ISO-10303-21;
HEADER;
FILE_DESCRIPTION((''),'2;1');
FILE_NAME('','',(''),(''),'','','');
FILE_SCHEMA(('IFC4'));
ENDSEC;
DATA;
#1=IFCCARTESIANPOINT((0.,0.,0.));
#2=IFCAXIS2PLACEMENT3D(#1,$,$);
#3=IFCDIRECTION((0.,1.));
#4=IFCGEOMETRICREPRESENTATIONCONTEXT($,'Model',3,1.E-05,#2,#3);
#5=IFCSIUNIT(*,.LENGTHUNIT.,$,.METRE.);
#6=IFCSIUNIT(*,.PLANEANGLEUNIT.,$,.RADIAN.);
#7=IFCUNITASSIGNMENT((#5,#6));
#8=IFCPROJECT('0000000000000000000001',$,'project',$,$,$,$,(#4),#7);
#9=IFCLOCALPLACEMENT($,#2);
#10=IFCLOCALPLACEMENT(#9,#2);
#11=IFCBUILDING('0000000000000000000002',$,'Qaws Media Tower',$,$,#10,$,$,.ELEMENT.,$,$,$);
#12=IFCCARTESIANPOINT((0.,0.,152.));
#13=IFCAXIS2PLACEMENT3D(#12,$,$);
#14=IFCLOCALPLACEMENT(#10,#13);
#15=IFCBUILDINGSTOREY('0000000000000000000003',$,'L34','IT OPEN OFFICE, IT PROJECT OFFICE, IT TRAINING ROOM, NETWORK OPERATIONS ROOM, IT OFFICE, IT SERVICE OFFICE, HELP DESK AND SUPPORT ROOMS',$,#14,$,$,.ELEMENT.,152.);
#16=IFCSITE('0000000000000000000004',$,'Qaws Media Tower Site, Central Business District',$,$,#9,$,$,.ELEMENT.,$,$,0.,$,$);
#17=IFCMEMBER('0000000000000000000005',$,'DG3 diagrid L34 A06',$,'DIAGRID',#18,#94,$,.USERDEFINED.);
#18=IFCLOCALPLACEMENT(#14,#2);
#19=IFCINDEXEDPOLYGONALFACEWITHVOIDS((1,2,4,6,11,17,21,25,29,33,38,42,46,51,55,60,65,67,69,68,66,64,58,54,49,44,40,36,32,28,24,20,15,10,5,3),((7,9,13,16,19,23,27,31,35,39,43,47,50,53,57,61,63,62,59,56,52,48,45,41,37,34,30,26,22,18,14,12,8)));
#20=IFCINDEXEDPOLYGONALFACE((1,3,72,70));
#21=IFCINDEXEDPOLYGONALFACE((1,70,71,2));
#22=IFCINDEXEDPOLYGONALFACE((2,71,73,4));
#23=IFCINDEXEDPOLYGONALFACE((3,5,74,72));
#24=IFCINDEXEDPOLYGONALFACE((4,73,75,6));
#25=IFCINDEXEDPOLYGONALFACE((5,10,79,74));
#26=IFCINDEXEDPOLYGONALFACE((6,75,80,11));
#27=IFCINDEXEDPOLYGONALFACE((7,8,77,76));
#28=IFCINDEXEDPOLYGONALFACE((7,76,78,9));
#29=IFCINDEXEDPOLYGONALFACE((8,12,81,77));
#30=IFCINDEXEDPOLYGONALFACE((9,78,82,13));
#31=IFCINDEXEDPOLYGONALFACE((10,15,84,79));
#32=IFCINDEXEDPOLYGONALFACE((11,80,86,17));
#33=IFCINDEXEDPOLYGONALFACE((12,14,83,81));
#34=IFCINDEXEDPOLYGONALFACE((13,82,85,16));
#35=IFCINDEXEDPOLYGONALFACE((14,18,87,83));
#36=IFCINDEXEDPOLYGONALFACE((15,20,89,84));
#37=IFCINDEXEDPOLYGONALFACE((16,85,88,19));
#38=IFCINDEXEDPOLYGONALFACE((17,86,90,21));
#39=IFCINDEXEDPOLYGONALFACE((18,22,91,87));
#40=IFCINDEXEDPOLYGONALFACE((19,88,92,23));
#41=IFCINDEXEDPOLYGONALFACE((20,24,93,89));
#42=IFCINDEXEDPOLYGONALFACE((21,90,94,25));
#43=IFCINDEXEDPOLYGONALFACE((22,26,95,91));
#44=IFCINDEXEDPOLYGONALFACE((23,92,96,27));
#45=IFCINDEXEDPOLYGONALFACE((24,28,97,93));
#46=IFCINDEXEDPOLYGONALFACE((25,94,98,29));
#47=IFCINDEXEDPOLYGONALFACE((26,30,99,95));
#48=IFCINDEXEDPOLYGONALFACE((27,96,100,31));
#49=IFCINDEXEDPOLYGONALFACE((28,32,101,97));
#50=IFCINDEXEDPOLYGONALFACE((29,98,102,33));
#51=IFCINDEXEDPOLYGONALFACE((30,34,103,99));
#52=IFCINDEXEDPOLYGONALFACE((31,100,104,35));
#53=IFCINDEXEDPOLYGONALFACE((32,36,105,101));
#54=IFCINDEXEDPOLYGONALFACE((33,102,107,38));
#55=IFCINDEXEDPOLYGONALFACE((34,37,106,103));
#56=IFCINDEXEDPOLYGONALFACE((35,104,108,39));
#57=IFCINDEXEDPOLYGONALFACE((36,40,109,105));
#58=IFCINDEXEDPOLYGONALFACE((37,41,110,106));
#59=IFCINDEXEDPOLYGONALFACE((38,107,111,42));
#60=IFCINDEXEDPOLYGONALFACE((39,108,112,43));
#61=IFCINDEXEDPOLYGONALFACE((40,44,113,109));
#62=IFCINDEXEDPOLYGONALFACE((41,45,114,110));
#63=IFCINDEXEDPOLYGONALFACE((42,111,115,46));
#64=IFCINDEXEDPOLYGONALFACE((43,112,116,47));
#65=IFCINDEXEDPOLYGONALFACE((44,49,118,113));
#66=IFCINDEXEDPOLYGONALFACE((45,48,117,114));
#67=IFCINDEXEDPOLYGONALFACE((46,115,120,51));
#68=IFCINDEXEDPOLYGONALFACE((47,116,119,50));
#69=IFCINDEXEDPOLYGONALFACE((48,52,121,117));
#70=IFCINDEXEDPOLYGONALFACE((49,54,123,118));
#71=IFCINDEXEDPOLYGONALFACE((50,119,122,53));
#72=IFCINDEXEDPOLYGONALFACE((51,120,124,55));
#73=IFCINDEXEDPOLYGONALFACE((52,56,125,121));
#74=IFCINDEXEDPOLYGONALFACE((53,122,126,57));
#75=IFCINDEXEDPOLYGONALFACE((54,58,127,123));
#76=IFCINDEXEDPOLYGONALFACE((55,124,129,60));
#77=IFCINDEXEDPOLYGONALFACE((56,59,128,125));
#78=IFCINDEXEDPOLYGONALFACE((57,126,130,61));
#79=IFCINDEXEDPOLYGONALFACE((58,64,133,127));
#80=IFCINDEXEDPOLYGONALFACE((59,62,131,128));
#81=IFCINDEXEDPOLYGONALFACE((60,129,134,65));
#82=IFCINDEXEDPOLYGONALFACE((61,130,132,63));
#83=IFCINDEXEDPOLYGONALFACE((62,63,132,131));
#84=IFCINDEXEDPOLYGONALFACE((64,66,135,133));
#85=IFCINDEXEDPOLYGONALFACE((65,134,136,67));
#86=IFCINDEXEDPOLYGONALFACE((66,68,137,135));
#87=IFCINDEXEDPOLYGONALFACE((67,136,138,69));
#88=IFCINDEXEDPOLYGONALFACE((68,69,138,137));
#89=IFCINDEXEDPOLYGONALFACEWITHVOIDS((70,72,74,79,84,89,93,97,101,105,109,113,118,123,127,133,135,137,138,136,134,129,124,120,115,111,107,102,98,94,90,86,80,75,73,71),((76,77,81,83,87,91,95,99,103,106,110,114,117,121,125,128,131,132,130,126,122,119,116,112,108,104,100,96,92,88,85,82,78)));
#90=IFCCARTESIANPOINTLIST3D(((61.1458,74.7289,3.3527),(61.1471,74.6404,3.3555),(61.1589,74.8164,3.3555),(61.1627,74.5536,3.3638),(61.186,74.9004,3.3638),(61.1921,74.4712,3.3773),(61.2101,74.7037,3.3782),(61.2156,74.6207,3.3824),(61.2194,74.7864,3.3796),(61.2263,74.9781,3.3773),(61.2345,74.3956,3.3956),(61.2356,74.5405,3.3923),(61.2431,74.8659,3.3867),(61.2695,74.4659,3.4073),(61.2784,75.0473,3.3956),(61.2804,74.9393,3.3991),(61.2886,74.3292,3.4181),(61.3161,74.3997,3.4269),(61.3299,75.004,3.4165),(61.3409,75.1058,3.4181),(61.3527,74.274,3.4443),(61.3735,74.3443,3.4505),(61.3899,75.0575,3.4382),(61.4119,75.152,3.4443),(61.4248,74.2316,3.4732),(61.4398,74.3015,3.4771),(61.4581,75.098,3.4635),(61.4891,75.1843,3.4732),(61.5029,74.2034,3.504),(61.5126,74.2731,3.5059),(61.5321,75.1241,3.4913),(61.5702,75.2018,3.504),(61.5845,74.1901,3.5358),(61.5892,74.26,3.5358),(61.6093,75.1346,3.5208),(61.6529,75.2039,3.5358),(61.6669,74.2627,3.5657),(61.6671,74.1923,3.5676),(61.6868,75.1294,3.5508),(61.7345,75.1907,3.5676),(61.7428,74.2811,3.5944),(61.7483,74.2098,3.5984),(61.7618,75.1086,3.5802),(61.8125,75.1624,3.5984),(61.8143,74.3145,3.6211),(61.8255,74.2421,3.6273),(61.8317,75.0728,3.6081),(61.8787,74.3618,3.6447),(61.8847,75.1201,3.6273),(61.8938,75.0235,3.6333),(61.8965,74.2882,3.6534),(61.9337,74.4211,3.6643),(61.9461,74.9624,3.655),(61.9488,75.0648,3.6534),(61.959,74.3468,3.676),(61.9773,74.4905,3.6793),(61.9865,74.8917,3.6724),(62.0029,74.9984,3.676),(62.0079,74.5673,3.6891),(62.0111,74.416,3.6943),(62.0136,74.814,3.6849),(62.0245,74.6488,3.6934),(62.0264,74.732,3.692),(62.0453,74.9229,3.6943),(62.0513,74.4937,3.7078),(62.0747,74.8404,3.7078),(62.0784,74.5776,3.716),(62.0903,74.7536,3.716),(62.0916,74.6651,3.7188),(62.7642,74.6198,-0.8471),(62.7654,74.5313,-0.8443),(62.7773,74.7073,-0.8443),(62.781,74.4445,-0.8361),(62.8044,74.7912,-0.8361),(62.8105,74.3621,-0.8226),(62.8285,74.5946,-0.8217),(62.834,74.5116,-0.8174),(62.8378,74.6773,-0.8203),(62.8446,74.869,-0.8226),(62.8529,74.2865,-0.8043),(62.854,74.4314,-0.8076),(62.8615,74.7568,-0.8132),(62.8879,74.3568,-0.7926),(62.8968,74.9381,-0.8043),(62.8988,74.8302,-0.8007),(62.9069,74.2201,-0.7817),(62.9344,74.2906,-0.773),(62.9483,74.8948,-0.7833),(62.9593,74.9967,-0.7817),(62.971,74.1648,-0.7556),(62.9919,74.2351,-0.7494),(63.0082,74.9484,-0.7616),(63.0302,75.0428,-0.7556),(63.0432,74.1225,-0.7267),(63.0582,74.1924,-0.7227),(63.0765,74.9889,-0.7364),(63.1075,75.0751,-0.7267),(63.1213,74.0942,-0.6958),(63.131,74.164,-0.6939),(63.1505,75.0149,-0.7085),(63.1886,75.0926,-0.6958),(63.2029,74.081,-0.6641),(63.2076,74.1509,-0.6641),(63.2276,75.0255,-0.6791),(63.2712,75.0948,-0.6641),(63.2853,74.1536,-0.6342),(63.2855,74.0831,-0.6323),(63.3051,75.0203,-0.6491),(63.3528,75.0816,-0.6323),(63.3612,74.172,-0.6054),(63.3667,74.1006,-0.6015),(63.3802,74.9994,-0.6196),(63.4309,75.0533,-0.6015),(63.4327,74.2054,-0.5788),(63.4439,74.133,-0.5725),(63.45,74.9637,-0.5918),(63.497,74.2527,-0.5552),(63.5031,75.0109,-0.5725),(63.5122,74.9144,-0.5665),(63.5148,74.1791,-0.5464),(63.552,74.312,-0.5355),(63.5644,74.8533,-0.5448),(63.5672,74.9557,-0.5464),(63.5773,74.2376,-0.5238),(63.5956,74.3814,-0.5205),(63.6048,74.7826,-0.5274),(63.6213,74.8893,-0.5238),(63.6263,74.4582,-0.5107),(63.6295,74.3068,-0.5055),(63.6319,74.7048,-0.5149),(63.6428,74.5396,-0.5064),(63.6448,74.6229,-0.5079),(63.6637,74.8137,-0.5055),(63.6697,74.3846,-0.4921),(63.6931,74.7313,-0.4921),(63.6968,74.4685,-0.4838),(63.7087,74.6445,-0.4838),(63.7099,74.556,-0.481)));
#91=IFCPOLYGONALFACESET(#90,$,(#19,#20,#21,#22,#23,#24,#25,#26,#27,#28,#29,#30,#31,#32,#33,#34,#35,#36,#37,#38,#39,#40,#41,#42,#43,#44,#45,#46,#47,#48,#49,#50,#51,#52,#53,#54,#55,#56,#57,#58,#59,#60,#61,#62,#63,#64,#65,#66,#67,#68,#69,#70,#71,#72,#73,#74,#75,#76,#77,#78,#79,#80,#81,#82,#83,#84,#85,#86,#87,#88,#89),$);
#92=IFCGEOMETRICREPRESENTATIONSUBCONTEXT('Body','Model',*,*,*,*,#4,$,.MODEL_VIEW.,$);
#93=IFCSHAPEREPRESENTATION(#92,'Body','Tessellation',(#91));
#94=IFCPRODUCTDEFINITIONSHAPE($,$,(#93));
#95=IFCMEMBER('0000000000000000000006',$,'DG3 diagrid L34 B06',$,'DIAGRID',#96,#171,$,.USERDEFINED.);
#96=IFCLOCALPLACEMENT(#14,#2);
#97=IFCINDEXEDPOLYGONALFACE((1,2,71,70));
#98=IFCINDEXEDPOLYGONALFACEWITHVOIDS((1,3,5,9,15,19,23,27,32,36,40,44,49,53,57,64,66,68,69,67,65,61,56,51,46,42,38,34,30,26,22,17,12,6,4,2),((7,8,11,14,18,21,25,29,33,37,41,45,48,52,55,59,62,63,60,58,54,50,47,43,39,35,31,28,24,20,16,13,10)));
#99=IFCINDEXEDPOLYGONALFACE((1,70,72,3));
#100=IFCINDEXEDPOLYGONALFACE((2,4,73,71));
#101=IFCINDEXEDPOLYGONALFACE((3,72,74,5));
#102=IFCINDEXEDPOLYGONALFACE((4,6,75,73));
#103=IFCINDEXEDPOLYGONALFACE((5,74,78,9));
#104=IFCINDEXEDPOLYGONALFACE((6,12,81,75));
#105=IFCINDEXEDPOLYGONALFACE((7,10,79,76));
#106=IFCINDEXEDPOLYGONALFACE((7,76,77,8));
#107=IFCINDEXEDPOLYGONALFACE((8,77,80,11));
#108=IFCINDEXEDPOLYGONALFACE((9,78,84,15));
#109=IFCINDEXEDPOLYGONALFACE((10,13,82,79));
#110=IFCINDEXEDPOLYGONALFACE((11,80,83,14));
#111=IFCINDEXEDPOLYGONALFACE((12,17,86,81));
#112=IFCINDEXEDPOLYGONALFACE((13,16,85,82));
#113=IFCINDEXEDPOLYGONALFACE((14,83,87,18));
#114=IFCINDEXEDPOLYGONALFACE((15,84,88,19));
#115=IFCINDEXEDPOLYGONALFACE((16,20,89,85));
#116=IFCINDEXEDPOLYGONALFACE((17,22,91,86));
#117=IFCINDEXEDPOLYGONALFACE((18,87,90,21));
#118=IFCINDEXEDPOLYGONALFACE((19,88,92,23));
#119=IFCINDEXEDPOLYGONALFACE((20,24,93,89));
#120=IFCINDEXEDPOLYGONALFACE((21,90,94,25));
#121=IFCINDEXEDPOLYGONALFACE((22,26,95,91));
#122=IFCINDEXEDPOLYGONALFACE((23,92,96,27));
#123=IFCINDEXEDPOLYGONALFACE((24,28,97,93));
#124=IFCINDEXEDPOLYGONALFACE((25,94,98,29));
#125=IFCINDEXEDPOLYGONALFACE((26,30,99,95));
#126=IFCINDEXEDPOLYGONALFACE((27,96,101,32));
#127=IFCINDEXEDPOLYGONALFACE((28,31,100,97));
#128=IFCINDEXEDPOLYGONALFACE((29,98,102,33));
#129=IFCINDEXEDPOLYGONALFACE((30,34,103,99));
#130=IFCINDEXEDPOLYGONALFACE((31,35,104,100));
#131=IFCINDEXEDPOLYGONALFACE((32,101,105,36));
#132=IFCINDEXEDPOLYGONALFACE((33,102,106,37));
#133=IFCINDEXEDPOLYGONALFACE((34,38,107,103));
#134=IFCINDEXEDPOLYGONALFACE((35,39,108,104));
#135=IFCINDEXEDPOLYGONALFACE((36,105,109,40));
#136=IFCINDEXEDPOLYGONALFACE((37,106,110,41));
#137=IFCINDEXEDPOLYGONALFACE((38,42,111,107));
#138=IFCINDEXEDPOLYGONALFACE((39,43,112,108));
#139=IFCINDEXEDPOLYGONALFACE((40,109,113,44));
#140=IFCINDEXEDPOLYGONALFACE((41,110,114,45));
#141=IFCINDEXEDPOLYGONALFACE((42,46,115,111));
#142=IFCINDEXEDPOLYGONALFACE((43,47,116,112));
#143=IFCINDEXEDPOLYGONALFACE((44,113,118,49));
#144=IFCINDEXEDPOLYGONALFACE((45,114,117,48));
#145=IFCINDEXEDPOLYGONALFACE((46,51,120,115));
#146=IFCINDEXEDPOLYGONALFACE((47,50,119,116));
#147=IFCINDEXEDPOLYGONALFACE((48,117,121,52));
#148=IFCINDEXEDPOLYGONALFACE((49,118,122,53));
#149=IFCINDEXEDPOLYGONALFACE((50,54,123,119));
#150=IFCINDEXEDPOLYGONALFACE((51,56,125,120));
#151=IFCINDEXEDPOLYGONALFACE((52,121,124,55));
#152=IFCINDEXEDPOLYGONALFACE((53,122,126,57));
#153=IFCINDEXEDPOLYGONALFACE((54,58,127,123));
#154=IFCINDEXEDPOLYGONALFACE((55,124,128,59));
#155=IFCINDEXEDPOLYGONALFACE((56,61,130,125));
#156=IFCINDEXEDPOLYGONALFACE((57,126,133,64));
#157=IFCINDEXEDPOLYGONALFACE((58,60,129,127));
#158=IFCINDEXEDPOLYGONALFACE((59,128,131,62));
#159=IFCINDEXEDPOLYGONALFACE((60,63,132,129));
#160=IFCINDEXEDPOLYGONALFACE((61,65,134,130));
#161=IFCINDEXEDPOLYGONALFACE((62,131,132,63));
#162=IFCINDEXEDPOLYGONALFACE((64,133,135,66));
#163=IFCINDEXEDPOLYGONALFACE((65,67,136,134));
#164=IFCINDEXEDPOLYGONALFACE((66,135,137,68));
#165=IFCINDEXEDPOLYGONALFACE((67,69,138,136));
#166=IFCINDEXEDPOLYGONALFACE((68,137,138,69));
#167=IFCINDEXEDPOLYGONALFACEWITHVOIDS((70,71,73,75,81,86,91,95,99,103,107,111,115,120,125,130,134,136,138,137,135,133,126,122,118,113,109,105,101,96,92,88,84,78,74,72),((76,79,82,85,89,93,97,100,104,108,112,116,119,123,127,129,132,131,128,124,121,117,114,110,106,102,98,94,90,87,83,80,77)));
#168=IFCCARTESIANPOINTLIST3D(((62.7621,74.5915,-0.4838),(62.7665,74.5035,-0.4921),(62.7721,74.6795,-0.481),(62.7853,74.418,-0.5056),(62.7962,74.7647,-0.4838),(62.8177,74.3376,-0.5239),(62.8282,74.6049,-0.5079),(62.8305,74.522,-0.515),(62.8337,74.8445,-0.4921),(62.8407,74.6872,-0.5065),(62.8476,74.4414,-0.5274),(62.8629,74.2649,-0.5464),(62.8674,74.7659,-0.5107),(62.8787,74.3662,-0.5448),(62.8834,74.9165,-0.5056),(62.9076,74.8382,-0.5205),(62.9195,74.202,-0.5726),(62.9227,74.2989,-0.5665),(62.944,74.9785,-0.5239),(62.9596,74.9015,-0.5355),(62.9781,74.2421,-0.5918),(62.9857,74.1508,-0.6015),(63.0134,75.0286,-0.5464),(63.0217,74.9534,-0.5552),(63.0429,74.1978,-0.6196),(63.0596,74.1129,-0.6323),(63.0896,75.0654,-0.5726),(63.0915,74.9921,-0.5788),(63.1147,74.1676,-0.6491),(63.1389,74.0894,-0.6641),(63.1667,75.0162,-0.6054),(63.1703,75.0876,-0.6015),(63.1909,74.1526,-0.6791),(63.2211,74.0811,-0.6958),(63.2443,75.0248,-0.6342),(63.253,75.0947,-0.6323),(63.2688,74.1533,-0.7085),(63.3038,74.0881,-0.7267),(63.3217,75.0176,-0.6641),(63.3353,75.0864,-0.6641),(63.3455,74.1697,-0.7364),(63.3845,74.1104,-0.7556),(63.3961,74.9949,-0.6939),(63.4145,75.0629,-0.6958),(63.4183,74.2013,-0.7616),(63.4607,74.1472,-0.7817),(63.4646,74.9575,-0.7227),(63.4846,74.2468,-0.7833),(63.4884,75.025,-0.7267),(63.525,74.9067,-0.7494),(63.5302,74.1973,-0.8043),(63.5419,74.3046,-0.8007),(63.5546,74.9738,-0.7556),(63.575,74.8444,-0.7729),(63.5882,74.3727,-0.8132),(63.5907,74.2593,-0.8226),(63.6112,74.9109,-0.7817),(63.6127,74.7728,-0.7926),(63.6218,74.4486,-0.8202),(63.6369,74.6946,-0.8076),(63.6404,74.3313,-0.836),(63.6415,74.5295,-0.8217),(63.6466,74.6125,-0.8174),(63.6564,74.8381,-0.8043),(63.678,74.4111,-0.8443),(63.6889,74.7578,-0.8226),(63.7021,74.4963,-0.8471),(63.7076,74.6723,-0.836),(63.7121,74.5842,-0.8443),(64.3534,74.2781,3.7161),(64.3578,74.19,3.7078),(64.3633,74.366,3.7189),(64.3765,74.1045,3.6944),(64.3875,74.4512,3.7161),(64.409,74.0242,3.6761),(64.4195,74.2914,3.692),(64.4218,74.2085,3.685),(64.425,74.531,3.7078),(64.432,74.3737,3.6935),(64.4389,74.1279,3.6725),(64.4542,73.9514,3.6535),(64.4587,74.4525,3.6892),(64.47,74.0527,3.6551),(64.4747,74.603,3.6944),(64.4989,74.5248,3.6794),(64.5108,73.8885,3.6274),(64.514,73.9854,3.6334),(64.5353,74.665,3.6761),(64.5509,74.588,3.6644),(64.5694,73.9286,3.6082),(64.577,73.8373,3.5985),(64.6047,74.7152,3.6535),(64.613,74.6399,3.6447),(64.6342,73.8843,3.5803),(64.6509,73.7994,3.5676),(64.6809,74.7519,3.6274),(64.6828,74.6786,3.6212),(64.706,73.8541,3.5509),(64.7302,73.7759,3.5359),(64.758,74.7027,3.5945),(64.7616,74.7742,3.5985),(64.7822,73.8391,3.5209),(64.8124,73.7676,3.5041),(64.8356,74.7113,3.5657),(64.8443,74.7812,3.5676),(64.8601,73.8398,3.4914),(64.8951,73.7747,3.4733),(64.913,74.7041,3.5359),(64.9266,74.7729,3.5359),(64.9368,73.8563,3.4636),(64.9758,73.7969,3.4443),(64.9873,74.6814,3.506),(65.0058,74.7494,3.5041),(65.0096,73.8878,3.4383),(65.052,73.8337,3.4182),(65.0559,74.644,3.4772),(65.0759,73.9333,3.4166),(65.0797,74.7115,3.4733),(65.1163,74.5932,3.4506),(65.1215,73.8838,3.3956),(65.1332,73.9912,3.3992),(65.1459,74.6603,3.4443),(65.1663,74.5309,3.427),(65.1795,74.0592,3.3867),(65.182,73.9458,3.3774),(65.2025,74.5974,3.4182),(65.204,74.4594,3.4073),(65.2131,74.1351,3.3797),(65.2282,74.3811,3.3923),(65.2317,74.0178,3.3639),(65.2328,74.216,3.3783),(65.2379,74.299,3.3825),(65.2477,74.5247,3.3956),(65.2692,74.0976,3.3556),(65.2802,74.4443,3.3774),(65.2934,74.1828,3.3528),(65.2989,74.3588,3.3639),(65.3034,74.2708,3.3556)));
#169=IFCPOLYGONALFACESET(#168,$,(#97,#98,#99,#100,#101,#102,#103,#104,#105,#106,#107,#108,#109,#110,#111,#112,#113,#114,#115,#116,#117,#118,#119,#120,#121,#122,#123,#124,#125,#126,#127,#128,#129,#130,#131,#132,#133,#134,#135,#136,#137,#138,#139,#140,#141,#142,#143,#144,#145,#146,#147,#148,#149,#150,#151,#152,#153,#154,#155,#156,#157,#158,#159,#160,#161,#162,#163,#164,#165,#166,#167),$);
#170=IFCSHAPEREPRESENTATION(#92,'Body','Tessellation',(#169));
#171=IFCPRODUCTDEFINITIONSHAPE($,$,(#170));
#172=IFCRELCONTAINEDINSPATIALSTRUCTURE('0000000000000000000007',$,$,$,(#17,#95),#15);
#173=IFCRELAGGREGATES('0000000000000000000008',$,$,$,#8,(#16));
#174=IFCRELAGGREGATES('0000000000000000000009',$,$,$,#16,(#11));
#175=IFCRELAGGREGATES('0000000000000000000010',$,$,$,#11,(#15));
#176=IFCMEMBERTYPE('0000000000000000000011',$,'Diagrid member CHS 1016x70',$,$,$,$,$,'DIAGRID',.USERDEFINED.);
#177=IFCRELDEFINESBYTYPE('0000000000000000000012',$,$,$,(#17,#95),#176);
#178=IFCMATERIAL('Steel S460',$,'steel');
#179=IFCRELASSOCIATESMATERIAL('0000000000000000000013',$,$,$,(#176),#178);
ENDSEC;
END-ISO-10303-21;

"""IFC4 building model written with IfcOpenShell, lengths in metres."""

from ifc_helpers import new_model, si_unit, direction, frame, origin, origin_2d, place, context, subcontext, project, spatial, hollow_circle, extrude, material, material_profile, profile_set, type_object, element, save


model = new_model("IFC4")

# Units and contexts
model_context = context("Model", 3, precision=1e-05, world=origin(), true_north=direction((0.0, 1.0)))
body_context = subcontext(model_context, "Body", "Model", "MODEL_VIEW")
ifc_project = project(units=[si_unit("LENGTHUNIT", "METRE"), si_unit("PLANEANGLEUNIT", "RADIAN")], contexts=[model_context])

# Site, building, storey
site_placement = place(None, origin())
site = spatial("IfcSite", under=ifc_project, at=site_placement, Name="Qaws Media Tower Site, Central Business District", CompositionType="ELEMENT", RefElevation=0.0)
building_placement = place(site_placement, origin())
building = spatial("IfcBuilding", under=site, at=building_placement, Name="Qaws Media Tower", CompositionType="ELEMENT")
storey_placement = place(building_placement, frame((0.0, 0.0, 152.0)))
storey = spatial("IfcBuildingStorey", under=building, at=storey_placement, Name="L34", Description="IT OPEN OFFICE, IT PROJECT OFFICE, IT TRAINING ROOM, NETWORK OPERATIONS ROOM, IT OFFICE, IT SERVICE OFFICE, HELP DESK AND SUPPORT ROOMS", CompositionType="ELEMENT", Elevation=152.0)

# Members
ifc_material_1 = material(Name="Steel S460", Category="steel")
ifc_material_profile_1 = material_profile(ifc_material_1, hollow_circle(Radius=0.5081, WallThickness=0.0701, at=origin_2d()), Name="CHS 1016x70")
ifc_profile_set_1 = profile_set([ifc_material_profile_1], Name="Steel S460")
member_type_1 = type_object("IfcMemberType", Name="Diagrid member CHS 1016x70", ElementType="DIAGRID", PredefinedType="USERDEFINED", material=ifc_profile_set_1)
for number, where, z_axis, x_axis, name in (
    (1, (63.2371, 74.5879, -0.6641), (-0.359462, 0.024239, 0.932845), (-0.067278, -0.997734, 0.0), "DG3 diagrid L34 A06"),
    (2, (63.2371, 74.5879, -0.6641), (0.353449, -0.069627, 0.932859), (0.193278, 0.981144, 0.0), "DG3 diagrid L34 B06"),
):
    element("IfcMember", number, at=place(storey_placement, frame(where, z_axis=z_axis, x_axis=x_axis)), inside=storey, type_object=member_type_1, Name=name, ObjectType="DIAGRID", PredefinedType="USERDEFINED", context=body_context, shape_type="SweptSolid", body=[
        extrude(hollow_circle(Radius=0.5081, WallThickness=0.0701, at=origin_2d()), origin(), (0.0, 0.0, 1.0), 4.5022),
    ])

save(model, "model.ifc")
